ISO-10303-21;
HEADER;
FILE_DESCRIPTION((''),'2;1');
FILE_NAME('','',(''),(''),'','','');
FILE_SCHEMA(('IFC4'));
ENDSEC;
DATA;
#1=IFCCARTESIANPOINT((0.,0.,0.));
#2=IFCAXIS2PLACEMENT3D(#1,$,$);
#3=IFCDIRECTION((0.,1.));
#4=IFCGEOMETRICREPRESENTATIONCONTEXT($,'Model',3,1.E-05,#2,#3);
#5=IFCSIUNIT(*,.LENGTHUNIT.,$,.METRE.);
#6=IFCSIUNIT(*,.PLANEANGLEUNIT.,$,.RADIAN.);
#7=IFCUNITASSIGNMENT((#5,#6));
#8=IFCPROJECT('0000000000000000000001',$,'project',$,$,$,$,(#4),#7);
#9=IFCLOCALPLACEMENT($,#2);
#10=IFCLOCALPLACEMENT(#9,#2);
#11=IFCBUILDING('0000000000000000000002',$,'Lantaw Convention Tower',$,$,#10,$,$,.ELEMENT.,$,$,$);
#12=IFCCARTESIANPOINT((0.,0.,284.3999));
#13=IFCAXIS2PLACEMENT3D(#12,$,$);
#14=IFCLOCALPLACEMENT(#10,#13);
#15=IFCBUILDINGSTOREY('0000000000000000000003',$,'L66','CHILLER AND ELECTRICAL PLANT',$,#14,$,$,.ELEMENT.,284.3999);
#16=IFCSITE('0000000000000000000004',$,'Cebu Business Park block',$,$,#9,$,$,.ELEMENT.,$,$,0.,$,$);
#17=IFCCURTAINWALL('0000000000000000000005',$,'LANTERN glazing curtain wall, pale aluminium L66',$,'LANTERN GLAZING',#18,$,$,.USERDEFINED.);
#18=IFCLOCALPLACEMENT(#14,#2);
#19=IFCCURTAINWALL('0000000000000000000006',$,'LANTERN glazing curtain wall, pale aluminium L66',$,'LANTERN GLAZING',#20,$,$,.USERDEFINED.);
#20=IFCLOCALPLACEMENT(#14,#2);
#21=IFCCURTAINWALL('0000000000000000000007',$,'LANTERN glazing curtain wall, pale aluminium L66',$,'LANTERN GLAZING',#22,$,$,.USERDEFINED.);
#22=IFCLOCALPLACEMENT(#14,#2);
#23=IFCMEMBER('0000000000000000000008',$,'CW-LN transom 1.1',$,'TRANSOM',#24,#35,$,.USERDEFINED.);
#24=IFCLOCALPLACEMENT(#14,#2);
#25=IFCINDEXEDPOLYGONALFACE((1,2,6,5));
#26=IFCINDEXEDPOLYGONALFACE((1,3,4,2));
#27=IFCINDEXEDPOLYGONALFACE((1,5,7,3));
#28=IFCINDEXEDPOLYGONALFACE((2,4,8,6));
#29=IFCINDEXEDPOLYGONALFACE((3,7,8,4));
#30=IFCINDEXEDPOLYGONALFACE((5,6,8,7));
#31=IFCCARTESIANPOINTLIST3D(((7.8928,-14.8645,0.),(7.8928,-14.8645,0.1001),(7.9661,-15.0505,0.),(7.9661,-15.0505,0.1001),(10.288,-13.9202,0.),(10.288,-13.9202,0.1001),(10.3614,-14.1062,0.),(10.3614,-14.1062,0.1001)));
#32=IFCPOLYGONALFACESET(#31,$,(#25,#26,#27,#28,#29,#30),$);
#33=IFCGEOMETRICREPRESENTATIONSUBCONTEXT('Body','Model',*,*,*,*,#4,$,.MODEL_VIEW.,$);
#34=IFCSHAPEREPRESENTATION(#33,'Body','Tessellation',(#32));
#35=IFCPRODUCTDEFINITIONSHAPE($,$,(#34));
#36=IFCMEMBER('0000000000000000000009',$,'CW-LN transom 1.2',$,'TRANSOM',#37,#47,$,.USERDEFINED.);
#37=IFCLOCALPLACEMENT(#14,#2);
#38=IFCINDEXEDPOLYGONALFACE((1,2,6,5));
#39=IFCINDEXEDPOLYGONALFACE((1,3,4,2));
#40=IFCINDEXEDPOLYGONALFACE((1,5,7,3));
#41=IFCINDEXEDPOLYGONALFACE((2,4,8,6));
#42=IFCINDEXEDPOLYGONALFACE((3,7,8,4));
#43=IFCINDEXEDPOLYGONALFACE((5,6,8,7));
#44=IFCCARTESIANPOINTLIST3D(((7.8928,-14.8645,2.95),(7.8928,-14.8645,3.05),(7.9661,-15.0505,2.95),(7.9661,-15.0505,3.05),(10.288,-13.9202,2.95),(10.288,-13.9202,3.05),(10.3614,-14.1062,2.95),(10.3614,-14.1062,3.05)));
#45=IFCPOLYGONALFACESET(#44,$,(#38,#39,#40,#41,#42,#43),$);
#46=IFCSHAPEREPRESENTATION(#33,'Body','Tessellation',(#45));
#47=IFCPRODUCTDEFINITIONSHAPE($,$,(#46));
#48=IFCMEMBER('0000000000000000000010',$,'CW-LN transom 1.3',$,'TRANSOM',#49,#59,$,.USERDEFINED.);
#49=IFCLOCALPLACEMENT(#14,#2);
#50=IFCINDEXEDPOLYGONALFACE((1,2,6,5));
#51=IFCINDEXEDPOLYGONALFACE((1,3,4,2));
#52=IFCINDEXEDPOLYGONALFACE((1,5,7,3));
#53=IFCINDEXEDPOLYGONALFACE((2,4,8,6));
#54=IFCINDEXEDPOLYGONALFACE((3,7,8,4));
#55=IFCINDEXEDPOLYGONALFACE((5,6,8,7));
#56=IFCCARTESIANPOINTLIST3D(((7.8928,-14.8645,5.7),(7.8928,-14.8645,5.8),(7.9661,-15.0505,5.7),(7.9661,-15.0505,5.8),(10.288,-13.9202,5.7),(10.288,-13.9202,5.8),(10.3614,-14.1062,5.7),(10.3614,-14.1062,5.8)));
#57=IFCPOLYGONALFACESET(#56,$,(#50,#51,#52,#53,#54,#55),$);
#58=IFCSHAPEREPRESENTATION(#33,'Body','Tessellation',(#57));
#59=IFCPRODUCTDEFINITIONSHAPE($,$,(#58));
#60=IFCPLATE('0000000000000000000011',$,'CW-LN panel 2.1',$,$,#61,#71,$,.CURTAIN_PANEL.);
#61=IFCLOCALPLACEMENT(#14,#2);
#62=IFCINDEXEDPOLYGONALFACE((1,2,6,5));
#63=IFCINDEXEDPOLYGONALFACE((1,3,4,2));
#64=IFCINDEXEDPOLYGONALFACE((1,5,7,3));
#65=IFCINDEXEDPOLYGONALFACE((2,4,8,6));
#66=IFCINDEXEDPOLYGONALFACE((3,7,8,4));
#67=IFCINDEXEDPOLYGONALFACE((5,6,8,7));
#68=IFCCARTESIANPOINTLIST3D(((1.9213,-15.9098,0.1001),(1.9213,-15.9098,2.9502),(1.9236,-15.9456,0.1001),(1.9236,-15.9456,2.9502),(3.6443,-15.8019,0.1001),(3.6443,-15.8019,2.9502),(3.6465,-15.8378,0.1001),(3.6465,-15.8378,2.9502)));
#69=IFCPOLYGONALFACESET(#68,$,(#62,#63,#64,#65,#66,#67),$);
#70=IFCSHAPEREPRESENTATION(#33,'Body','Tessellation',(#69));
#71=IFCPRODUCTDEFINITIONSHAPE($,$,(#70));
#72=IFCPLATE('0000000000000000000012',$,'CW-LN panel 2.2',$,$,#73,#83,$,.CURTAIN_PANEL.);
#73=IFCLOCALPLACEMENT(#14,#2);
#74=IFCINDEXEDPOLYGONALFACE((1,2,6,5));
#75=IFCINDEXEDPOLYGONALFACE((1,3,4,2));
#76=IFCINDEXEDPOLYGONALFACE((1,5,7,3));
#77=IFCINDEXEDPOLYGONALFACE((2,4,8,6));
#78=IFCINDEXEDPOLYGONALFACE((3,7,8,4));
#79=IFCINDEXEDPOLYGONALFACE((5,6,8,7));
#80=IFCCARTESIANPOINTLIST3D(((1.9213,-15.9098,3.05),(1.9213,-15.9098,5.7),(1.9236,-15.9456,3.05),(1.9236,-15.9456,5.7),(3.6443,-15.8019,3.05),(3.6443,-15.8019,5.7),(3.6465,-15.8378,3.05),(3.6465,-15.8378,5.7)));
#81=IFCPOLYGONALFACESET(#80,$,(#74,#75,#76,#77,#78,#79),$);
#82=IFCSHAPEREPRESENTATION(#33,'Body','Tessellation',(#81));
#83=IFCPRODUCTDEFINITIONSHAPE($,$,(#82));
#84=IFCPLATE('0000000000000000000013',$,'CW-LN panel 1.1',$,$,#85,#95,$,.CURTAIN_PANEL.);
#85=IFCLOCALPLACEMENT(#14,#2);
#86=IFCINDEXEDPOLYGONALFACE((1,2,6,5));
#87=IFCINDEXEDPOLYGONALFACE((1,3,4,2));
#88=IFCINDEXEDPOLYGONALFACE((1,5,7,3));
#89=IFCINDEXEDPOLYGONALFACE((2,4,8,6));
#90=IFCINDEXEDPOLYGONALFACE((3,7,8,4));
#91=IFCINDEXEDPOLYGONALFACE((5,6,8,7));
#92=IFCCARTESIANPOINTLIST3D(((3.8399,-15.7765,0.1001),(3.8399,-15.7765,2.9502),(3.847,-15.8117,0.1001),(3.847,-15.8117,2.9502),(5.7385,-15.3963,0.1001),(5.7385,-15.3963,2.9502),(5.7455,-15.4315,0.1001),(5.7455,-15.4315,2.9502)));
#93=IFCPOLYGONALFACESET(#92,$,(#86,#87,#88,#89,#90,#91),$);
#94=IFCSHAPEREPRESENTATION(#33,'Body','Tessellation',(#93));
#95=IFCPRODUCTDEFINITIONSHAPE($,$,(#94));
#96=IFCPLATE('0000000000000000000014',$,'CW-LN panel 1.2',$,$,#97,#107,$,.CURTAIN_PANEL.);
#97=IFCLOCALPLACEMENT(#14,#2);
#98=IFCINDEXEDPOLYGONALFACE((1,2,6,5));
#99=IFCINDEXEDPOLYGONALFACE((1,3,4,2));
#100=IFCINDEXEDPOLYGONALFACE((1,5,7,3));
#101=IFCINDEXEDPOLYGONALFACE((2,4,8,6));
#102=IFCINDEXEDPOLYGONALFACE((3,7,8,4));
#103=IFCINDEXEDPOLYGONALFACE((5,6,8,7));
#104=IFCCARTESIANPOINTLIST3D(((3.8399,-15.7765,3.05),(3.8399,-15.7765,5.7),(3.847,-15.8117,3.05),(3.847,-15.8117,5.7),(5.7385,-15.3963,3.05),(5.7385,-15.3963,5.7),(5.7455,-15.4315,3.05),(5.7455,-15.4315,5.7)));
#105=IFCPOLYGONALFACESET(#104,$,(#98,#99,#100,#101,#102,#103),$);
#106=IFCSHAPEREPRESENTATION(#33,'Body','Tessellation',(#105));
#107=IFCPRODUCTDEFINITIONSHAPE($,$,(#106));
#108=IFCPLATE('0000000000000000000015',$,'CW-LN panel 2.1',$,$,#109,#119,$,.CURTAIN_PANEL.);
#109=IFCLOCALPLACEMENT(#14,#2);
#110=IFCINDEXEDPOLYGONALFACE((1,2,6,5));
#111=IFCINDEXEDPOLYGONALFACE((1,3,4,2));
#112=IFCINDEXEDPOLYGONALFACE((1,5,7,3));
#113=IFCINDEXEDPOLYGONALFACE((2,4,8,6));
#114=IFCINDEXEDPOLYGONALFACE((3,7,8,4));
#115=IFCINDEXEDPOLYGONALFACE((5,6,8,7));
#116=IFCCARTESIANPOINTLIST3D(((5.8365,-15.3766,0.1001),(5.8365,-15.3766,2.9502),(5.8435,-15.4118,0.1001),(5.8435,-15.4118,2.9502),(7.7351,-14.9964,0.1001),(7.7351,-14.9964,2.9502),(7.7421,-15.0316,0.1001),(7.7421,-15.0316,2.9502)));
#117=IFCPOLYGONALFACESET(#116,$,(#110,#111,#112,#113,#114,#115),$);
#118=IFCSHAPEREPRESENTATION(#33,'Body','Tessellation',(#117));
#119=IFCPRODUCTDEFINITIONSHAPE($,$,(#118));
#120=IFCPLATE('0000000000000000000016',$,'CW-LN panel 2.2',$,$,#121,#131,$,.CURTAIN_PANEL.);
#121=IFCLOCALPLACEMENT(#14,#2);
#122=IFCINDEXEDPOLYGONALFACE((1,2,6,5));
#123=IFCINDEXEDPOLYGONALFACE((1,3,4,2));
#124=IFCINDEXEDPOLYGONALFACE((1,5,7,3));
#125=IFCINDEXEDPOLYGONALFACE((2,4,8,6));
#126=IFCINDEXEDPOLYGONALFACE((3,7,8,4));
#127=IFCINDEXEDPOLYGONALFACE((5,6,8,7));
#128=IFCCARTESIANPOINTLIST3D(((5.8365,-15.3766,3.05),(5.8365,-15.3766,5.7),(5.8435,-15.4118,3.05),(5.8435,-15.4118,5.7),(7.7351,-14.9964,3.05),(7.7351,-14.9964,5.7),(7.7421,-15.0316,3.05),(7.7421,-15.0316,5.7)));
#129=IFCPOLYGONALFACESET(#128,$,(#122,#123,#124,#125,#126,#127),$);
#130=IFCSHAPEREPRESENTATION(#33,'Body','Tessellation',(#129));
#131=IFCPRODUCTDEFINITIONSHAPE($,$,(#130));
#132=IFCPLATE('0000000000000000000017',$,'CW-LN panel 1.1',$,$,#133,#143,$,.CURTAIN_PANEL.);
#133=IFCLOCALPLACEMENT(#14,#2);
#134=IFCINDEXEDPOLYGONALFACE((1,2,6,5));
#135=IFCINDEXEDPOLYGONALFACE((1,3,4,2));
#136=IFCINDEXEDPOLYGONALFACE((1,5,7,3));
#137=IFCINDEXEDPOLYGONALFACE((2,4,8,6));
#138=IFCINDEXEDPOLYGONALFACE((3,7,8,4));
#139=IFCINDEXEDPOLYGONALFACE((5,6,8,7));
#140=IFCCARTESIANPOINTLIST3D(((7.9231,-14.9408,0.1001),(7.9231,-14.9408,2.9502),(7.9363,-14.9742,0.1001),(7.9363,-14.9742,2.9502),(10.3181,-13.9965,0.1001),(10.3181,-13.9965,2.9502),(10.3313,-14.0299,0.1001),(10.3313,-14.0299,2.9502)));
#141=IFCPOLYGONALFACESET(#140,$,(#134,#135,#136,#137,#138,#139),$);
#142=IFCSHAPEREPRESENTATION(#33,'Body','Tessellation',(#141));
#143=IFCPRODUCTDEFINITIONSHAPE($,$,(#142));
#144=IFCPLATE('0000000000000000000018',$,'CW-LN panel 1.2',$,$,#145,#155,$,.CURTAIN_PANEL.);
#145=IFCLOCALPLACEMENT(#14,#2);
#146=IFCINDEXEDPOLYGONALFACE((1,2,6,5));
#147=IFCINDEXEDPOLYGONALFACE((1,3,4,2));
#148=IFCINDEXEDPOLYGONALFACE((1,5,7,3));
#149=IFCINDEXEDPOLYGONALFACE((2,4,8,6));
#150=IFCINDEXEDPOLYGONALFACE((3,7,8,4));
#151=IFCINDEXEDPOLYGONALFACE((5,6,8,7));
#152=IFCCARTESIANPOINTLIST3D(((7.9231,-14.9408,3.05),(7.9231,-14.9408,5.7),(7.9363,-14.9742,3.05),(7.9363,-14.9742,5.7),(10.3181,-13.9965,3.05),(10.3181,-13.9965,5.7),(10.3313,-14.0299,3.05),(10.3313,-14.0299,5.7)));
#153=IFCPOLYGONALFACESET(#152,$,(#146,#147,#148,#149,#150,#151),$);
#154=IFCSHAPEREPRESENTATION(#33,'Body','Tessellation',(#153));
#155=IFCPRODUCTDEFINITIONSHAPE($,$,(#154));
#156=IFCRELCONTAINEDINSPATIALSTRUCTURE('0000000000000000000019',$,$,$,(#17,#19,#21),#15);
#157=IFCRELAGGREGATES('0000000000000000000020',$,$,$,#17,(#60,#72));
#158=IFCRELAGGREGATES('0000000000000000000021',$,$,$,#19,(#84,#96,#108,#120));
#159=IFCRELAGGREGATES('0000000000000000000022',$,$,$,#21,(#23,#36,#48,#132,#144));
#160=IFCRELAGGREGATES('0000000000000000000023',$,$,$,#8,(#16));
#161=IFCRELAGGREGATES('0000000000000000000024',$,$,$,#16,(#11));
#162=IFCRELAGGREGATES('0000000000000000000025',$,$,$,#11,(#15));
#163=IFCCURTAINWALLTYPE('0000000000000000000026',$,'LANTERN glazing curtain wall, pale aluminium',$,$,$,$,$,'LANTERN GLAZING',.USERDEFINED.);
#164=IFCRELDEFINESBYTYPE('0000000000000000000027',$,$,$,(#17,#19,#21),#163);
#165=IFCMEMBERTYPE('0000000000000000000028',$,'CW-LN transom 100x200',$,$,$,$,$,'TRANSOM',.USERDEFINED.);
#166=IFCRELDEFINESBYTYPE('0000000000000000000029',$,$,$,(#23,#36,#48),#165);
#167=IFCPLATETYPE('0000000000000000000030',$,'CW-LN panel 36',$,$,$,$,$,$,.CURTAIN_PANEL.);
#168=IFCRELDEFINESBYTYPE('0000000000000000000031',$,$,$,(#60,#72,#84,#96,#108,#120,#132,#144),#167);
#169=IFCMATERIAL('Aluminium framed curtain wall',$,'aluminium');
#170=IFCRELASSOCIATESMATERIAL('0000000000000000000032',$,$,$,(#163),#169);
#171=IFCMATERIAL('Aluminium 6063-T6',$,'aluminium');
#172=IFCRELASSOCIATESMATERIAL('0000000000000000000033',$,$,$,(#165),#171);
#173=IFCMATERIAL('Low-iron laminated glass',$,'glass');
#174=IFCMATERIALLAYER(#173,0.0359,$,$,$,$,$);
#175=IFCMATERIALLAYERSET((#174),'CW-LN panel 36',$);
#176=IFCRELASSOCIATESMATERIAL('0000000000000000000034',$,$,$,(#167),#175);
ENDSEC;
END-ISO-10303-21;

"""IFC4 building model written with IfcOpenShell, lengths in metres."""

from ifc_helpers import new_model, si_unit, direction, frame, origin, origin_2d, place, context, subcontext, project, spatial, rectangle, extrude, material, layer, layer_set, material_profile, profile_set, type_object, element, aggregate, save


model = new_model("IFC4")

# Units and contexts
model_context = context("Model", 3, precision=1e-05, world=origin(), true_north=direction((0.0, 1.0)))
body_context = subcontext(model_context, "Body", "Model", "MODEL_VIEW")
ifc_project = project(units=[si_unit("LENGTHUNIT", "METRE"), si_unit("PLANEANGLEUNIT", "RADIAN")], contexts=[model_context])

# Site, building, storey
site_placement = place(None, origin())
site = spatial("IfcSite", under=ifc_project, at=site_placement, Name="Cebu Business Park block", CompositionType="ELEMENT", RefElevation=0.0)
building_placement = place(site_placement, origin())
building = spatial("IfcBuilding", under=site, at=building_placement, Name="Lantaw Convention Tower", CompositionType="ELEMENT")
storey_placement = place(building_placement, frame((0.0, 0.0, 284.3999)))
storey = spatial("IfcBuildingStorey", under=building, at=storey_placement, Name="L66", Description="CHILLER AND ELECTRICAL PLANT", CompositionType="ELEMENT", Elevation=284.3999)

# Curtain wall
ifc_material_1 = material(Name="Aluminium framed curtain wall", Category="aluminium")
curtain_wall_type = type_object("IfcCurtainWallType", Name="LANTERN glazing curtain wall, pale aluminium", ElementType="LANTERN GLAZING", PredefinedType="USERDEFINED", material=ifc_material_1)
curtain_wall_1_placement = place(storey_placement, origin())
curtain_wall_1 = element("IfcCurtainWall", 1, at=curtain_wall_1_placement, inside=storey, type_object=curtain_wall_type, Name="LANTERN glazing curtain wall, pale aluminium L66", ObjectType="LANTERN GLAZING", PredefinedType="USERDEFINED")
ifc_material_2 = material(Name="Aluminium 6063-T6", Category="aluminium")

# Curtain wall
curtain_wall_2_placement = place(storey_placement, origin())
curtain_wall_2 = element("IfcCurtainWall", 2, at=curtain_wall_2_placement, inside=storey, type_object=curtain_wall_type, Name="LANTERN glazing curtain wall, pale aluminium L66", ObjectType="LANTERN GLAZING", PredefinedType="USERDEFINED")

# Curtain wall
curtain_wall_3_placement = place(storey_placement, origin())
curtain_wall_3 = element("IfcCurtainWall", 3, at=curtain_wall_3_placement, inside=storey, type_object=curtain_wall_type, Name="LANTERN glazing curtain wall, pale aluminium L66", ObjectType="LANTERN GLAZING", PredefinedType="USERDEFINED")

# Members
ifc_material_profile_1 = material_profile(ifc_material_2, rectangle(XDim=0.2, YDim=0.1001, at=origin_2d()), Name="CW-LN transom 100x200")
ifc_profile_set_1 = profile_set([ifc_material_profile_1], Name="Aluminium 6063-T6")
member_type_1 = type_object("IfcMemberType", Name="CW-LN transom 100x200", ElementType="TRANSOM", PredefinedType="USERDEFINED", material=ifc_profile_set_1)
member_1_placement = place(storey_placement, frame((7.9294, -14.9575, 0.05), z_axis=(0.930309, 0.366776, 0.0), x_axis=(-0.366776, 0.930309, 0.0)))
member_1 = element("IfcMember", 4, at=member_1_placement, type_object=member_type_1, Name="CW-LN transom 1.1", ObjectType="TRANSOM", PredefinedType="USERDEFINED", context=body_context, shape_type="SweptSolid", body=[
    extrude(rectangle(XDim=0.2, YDim=0.1001, at=origin_2d()), origin(), (0.0, 0.0, 1.0), 2.5747),
])
member_2_placement = place(storey_placement, frame((7.9294, -14.9575, 3.0), z_axis=(0.930309, 0.366776, 0.0), x_axis=(-0.366776, 0.930309, 0.0)))
member_2 = element("IfcMember", 5, at=member_2_placement, type_object=member_type_1, Name="CW-LN transom 1.2", ObjectType="TRANSOM", PredefinedType="USERDEFINED", context=body_context, shape_type="SweptSolid", body=[
    extrude(rectangle(XDim=0.2, YDim=0.1001, at=origin_2d()), origin(), (0.0, 0.0, 1.0), 2.5747),
])
member_3_placement = place(storey_placement, frame((7.9294, -14.9575, 5.75), z_axis=(0.930309, 0.366776, 0.0), x_axis=(-0.366776, 0.930309, 0.0)))
member_3 = element("IfcMember", 6, at=member_3_placement, type_object=member_type_1, Name="CW-LN transom 1.3", ObjectType="TRANSOM", PredefinedType="USERDEFINED", context=body_context, shape_type="SweptSolid", body=[
    extrude(rectangle(XDim=0.2, YDim=0.1001, at=origin_2d()), origin(), (0.0, 0.0, 1.0), 2.5747),
])

# Plates
ifc_material_3 = material(Name="Low-iron laminated glass", Category="glass")
ifc_layer = layer(ifc_material_3, 0.0359)
ifc_layer_set = layer_set([ifc_layer], Name="CW-LN panel 36")
plate_type = type_object("IfcPlateType", Name="CW-LN panel 36", PredefinedType="CURTAIN_PANEL", material=ifc_layer_set)
plate_1_placement = place(storey_placement, frame((2.7839, -15.8738, 0.1001), z_axis=(0.0, 0.0, 1.0), x_axis=(0.998046, 0.062489, 0.0)))
plate_1 = element("IfcPlate", 7, at=plate_1_placement, type_object=plate_type, Name="CW-LN panel 2.1", PredefinedType="CURTAIN_PANEL", context=body_context, shape_type="SweptSolid", body=[
    extrude(rectangle(XDim=1.7263, YDim=0.0359, at=origin_2d()), origin(), (0.0, 0.0, 1.0), 2.8501),
])
plate_2_placement = place(storey_placement, frame((2.7839, -15.8738, 3.05), z_axis=(0.0, 0.0, 1.0), x_axis=(0.998046, 0.062489, 0.0)))
plate_2 = element("IfcPlate", 8, at=plate_2_placement, type_object=plate_type, Name="CW-LN panel 2.2", PredefinedType="CURTAIN_PANEL", context=body_context, shape_type="SweptSolid", body=[
    extrude(rectangle(XDim=1.7263, YDim=0.0359, at=origin_2d()), origin(), (0.0, 0.0, 1.0), 2.6499),
])
aggregate(curtain_wall_1, [plate_1, plate_2])
plate_3_placement = place(storey_placement, frame((4.7927, -15.604, 0.1001), z_axis=(0.0, 0.0, 1.0), x_axis=(0.98053, 0.196367, 0.0)))
plate_3 = element("IfcPlate", 9, at=plate_3_placement, type_object=plate_type, Name="CW-LN panel 1.1", PredefinedType="CURTAIN_PANEL", context=body_context, shape_type="SweptSolid", body=[
    extrude(rectangle(XDim=1.9363, YDim=0.0359, at=origin_2d()), origin(), (0.0, 0.0, 1.0), 2.8501),
])
plate_4_placement = place(storey_placement, frame((4.7927, -15.604, 3.05), z_axis=(0.0, 0.0, 1.0), x_axis=(0.98053, 0.196367, 0.0)))
plate_4 = element("IfcPlate", 10, at=plate_4_placement, type_object=plate_type, Name="CW-LN panel 1.2", PredefinedType="CURTAIN_PANEL", context=body_context, shape_type="SweptSolid", body=[
    extrude(rectangle(XDim=1.9363, YDim=0.0359, at=origin_2d()), origin(), (0.0, 0.0, 1.0), 2.6499),
])
plate_5_placement = place(storey_placement, frame((6.7893, -15.2041, 0.1001), z_axis=(0.0, 0.0, 1.0), x_axis=(0.98053, 0.196367, 0.0)))
plate_5 = element("IfcPlate", 11, at=plate_5_placement, type_object=plate_type, Name="CW-LN panel 2.1", PredefinedType="CURTAIN_PANEL", context=body_context, shape_type="SweptSolid", body=[
    extrude(rectangle(XDim=1.9363, YDim=0.0359, at=origin_2d()), origin(), (0.0, 0.0, 1.0), 2.8501),
])
plate_6_placement = place(storey_placement, frame((6.7893, -15.2041, 3.05), z_axis=(0.0, 0.0, 1.0), x_axis=(0.98053, 0.196367, 0.0)))
plate_6 = element("IfcPlate", 12, at=plate_6_placement, type_object=plate_type, Name="CW-LN panel 2.2", PredefinedType="CURTAIN_PANEL", context=body_context, shape_type="SweptSolid", body=[
    extrude(rectangle(XDim=1.9363, YDim=0.0359, at=origin_2d()), origin(), (0.0, 0.0, 1.0), 2.6499),
])
aggregate(curtain_wall_2, [plate_3, plate_4, plate_5, plate_6])
plate_7_placement = place(storey_placement, frame((9.1272, -14.4854, 0.1001), z_axis=(0.0, 0.0, 1.0), x_axis=(0.930299, 0.366802, 0.0)))
plate_7 = element("IfcPlate", 13, at=plate_7_placement, type_object=plate_type, Name="CW-LN panel 1.1", PredefinedType="CURTAIN_PANEL", context=body_context, shape_type="SweptSolid", body=[
    extrude(rectangle(XDim=2.5745, YDim=0.0359, at=origin_2d()), origin(), (0.0, 0.0, 1.0), 2.8501),
])
plate_8_placement = place(storey_placement, frame((9.1272, -14.4854, 3.05), z_axis=(0.0, 0.0, 1.0), x_axis=(0.930299, 0.366802, 0.0)))
plate_8 = element("IfcPlate", 14, at=plate_8_placement, type_object=plate_type, Name="CW-LN panel 1.2", PredefinedType="CURTAIN_PANEL", context=body_context, shape_type="SweptSolid", body=[
    extrude(rectangle(XDim=2.5745, YDim=0.0359, at=origin_2d()), origin(), (0.0, 0.0, 1.0), 2.6499),
])
aggregate(curtain_wall_3, [member_1, member_2, member_3, plate_7, plate_8])

save(model, "model.ifc")
